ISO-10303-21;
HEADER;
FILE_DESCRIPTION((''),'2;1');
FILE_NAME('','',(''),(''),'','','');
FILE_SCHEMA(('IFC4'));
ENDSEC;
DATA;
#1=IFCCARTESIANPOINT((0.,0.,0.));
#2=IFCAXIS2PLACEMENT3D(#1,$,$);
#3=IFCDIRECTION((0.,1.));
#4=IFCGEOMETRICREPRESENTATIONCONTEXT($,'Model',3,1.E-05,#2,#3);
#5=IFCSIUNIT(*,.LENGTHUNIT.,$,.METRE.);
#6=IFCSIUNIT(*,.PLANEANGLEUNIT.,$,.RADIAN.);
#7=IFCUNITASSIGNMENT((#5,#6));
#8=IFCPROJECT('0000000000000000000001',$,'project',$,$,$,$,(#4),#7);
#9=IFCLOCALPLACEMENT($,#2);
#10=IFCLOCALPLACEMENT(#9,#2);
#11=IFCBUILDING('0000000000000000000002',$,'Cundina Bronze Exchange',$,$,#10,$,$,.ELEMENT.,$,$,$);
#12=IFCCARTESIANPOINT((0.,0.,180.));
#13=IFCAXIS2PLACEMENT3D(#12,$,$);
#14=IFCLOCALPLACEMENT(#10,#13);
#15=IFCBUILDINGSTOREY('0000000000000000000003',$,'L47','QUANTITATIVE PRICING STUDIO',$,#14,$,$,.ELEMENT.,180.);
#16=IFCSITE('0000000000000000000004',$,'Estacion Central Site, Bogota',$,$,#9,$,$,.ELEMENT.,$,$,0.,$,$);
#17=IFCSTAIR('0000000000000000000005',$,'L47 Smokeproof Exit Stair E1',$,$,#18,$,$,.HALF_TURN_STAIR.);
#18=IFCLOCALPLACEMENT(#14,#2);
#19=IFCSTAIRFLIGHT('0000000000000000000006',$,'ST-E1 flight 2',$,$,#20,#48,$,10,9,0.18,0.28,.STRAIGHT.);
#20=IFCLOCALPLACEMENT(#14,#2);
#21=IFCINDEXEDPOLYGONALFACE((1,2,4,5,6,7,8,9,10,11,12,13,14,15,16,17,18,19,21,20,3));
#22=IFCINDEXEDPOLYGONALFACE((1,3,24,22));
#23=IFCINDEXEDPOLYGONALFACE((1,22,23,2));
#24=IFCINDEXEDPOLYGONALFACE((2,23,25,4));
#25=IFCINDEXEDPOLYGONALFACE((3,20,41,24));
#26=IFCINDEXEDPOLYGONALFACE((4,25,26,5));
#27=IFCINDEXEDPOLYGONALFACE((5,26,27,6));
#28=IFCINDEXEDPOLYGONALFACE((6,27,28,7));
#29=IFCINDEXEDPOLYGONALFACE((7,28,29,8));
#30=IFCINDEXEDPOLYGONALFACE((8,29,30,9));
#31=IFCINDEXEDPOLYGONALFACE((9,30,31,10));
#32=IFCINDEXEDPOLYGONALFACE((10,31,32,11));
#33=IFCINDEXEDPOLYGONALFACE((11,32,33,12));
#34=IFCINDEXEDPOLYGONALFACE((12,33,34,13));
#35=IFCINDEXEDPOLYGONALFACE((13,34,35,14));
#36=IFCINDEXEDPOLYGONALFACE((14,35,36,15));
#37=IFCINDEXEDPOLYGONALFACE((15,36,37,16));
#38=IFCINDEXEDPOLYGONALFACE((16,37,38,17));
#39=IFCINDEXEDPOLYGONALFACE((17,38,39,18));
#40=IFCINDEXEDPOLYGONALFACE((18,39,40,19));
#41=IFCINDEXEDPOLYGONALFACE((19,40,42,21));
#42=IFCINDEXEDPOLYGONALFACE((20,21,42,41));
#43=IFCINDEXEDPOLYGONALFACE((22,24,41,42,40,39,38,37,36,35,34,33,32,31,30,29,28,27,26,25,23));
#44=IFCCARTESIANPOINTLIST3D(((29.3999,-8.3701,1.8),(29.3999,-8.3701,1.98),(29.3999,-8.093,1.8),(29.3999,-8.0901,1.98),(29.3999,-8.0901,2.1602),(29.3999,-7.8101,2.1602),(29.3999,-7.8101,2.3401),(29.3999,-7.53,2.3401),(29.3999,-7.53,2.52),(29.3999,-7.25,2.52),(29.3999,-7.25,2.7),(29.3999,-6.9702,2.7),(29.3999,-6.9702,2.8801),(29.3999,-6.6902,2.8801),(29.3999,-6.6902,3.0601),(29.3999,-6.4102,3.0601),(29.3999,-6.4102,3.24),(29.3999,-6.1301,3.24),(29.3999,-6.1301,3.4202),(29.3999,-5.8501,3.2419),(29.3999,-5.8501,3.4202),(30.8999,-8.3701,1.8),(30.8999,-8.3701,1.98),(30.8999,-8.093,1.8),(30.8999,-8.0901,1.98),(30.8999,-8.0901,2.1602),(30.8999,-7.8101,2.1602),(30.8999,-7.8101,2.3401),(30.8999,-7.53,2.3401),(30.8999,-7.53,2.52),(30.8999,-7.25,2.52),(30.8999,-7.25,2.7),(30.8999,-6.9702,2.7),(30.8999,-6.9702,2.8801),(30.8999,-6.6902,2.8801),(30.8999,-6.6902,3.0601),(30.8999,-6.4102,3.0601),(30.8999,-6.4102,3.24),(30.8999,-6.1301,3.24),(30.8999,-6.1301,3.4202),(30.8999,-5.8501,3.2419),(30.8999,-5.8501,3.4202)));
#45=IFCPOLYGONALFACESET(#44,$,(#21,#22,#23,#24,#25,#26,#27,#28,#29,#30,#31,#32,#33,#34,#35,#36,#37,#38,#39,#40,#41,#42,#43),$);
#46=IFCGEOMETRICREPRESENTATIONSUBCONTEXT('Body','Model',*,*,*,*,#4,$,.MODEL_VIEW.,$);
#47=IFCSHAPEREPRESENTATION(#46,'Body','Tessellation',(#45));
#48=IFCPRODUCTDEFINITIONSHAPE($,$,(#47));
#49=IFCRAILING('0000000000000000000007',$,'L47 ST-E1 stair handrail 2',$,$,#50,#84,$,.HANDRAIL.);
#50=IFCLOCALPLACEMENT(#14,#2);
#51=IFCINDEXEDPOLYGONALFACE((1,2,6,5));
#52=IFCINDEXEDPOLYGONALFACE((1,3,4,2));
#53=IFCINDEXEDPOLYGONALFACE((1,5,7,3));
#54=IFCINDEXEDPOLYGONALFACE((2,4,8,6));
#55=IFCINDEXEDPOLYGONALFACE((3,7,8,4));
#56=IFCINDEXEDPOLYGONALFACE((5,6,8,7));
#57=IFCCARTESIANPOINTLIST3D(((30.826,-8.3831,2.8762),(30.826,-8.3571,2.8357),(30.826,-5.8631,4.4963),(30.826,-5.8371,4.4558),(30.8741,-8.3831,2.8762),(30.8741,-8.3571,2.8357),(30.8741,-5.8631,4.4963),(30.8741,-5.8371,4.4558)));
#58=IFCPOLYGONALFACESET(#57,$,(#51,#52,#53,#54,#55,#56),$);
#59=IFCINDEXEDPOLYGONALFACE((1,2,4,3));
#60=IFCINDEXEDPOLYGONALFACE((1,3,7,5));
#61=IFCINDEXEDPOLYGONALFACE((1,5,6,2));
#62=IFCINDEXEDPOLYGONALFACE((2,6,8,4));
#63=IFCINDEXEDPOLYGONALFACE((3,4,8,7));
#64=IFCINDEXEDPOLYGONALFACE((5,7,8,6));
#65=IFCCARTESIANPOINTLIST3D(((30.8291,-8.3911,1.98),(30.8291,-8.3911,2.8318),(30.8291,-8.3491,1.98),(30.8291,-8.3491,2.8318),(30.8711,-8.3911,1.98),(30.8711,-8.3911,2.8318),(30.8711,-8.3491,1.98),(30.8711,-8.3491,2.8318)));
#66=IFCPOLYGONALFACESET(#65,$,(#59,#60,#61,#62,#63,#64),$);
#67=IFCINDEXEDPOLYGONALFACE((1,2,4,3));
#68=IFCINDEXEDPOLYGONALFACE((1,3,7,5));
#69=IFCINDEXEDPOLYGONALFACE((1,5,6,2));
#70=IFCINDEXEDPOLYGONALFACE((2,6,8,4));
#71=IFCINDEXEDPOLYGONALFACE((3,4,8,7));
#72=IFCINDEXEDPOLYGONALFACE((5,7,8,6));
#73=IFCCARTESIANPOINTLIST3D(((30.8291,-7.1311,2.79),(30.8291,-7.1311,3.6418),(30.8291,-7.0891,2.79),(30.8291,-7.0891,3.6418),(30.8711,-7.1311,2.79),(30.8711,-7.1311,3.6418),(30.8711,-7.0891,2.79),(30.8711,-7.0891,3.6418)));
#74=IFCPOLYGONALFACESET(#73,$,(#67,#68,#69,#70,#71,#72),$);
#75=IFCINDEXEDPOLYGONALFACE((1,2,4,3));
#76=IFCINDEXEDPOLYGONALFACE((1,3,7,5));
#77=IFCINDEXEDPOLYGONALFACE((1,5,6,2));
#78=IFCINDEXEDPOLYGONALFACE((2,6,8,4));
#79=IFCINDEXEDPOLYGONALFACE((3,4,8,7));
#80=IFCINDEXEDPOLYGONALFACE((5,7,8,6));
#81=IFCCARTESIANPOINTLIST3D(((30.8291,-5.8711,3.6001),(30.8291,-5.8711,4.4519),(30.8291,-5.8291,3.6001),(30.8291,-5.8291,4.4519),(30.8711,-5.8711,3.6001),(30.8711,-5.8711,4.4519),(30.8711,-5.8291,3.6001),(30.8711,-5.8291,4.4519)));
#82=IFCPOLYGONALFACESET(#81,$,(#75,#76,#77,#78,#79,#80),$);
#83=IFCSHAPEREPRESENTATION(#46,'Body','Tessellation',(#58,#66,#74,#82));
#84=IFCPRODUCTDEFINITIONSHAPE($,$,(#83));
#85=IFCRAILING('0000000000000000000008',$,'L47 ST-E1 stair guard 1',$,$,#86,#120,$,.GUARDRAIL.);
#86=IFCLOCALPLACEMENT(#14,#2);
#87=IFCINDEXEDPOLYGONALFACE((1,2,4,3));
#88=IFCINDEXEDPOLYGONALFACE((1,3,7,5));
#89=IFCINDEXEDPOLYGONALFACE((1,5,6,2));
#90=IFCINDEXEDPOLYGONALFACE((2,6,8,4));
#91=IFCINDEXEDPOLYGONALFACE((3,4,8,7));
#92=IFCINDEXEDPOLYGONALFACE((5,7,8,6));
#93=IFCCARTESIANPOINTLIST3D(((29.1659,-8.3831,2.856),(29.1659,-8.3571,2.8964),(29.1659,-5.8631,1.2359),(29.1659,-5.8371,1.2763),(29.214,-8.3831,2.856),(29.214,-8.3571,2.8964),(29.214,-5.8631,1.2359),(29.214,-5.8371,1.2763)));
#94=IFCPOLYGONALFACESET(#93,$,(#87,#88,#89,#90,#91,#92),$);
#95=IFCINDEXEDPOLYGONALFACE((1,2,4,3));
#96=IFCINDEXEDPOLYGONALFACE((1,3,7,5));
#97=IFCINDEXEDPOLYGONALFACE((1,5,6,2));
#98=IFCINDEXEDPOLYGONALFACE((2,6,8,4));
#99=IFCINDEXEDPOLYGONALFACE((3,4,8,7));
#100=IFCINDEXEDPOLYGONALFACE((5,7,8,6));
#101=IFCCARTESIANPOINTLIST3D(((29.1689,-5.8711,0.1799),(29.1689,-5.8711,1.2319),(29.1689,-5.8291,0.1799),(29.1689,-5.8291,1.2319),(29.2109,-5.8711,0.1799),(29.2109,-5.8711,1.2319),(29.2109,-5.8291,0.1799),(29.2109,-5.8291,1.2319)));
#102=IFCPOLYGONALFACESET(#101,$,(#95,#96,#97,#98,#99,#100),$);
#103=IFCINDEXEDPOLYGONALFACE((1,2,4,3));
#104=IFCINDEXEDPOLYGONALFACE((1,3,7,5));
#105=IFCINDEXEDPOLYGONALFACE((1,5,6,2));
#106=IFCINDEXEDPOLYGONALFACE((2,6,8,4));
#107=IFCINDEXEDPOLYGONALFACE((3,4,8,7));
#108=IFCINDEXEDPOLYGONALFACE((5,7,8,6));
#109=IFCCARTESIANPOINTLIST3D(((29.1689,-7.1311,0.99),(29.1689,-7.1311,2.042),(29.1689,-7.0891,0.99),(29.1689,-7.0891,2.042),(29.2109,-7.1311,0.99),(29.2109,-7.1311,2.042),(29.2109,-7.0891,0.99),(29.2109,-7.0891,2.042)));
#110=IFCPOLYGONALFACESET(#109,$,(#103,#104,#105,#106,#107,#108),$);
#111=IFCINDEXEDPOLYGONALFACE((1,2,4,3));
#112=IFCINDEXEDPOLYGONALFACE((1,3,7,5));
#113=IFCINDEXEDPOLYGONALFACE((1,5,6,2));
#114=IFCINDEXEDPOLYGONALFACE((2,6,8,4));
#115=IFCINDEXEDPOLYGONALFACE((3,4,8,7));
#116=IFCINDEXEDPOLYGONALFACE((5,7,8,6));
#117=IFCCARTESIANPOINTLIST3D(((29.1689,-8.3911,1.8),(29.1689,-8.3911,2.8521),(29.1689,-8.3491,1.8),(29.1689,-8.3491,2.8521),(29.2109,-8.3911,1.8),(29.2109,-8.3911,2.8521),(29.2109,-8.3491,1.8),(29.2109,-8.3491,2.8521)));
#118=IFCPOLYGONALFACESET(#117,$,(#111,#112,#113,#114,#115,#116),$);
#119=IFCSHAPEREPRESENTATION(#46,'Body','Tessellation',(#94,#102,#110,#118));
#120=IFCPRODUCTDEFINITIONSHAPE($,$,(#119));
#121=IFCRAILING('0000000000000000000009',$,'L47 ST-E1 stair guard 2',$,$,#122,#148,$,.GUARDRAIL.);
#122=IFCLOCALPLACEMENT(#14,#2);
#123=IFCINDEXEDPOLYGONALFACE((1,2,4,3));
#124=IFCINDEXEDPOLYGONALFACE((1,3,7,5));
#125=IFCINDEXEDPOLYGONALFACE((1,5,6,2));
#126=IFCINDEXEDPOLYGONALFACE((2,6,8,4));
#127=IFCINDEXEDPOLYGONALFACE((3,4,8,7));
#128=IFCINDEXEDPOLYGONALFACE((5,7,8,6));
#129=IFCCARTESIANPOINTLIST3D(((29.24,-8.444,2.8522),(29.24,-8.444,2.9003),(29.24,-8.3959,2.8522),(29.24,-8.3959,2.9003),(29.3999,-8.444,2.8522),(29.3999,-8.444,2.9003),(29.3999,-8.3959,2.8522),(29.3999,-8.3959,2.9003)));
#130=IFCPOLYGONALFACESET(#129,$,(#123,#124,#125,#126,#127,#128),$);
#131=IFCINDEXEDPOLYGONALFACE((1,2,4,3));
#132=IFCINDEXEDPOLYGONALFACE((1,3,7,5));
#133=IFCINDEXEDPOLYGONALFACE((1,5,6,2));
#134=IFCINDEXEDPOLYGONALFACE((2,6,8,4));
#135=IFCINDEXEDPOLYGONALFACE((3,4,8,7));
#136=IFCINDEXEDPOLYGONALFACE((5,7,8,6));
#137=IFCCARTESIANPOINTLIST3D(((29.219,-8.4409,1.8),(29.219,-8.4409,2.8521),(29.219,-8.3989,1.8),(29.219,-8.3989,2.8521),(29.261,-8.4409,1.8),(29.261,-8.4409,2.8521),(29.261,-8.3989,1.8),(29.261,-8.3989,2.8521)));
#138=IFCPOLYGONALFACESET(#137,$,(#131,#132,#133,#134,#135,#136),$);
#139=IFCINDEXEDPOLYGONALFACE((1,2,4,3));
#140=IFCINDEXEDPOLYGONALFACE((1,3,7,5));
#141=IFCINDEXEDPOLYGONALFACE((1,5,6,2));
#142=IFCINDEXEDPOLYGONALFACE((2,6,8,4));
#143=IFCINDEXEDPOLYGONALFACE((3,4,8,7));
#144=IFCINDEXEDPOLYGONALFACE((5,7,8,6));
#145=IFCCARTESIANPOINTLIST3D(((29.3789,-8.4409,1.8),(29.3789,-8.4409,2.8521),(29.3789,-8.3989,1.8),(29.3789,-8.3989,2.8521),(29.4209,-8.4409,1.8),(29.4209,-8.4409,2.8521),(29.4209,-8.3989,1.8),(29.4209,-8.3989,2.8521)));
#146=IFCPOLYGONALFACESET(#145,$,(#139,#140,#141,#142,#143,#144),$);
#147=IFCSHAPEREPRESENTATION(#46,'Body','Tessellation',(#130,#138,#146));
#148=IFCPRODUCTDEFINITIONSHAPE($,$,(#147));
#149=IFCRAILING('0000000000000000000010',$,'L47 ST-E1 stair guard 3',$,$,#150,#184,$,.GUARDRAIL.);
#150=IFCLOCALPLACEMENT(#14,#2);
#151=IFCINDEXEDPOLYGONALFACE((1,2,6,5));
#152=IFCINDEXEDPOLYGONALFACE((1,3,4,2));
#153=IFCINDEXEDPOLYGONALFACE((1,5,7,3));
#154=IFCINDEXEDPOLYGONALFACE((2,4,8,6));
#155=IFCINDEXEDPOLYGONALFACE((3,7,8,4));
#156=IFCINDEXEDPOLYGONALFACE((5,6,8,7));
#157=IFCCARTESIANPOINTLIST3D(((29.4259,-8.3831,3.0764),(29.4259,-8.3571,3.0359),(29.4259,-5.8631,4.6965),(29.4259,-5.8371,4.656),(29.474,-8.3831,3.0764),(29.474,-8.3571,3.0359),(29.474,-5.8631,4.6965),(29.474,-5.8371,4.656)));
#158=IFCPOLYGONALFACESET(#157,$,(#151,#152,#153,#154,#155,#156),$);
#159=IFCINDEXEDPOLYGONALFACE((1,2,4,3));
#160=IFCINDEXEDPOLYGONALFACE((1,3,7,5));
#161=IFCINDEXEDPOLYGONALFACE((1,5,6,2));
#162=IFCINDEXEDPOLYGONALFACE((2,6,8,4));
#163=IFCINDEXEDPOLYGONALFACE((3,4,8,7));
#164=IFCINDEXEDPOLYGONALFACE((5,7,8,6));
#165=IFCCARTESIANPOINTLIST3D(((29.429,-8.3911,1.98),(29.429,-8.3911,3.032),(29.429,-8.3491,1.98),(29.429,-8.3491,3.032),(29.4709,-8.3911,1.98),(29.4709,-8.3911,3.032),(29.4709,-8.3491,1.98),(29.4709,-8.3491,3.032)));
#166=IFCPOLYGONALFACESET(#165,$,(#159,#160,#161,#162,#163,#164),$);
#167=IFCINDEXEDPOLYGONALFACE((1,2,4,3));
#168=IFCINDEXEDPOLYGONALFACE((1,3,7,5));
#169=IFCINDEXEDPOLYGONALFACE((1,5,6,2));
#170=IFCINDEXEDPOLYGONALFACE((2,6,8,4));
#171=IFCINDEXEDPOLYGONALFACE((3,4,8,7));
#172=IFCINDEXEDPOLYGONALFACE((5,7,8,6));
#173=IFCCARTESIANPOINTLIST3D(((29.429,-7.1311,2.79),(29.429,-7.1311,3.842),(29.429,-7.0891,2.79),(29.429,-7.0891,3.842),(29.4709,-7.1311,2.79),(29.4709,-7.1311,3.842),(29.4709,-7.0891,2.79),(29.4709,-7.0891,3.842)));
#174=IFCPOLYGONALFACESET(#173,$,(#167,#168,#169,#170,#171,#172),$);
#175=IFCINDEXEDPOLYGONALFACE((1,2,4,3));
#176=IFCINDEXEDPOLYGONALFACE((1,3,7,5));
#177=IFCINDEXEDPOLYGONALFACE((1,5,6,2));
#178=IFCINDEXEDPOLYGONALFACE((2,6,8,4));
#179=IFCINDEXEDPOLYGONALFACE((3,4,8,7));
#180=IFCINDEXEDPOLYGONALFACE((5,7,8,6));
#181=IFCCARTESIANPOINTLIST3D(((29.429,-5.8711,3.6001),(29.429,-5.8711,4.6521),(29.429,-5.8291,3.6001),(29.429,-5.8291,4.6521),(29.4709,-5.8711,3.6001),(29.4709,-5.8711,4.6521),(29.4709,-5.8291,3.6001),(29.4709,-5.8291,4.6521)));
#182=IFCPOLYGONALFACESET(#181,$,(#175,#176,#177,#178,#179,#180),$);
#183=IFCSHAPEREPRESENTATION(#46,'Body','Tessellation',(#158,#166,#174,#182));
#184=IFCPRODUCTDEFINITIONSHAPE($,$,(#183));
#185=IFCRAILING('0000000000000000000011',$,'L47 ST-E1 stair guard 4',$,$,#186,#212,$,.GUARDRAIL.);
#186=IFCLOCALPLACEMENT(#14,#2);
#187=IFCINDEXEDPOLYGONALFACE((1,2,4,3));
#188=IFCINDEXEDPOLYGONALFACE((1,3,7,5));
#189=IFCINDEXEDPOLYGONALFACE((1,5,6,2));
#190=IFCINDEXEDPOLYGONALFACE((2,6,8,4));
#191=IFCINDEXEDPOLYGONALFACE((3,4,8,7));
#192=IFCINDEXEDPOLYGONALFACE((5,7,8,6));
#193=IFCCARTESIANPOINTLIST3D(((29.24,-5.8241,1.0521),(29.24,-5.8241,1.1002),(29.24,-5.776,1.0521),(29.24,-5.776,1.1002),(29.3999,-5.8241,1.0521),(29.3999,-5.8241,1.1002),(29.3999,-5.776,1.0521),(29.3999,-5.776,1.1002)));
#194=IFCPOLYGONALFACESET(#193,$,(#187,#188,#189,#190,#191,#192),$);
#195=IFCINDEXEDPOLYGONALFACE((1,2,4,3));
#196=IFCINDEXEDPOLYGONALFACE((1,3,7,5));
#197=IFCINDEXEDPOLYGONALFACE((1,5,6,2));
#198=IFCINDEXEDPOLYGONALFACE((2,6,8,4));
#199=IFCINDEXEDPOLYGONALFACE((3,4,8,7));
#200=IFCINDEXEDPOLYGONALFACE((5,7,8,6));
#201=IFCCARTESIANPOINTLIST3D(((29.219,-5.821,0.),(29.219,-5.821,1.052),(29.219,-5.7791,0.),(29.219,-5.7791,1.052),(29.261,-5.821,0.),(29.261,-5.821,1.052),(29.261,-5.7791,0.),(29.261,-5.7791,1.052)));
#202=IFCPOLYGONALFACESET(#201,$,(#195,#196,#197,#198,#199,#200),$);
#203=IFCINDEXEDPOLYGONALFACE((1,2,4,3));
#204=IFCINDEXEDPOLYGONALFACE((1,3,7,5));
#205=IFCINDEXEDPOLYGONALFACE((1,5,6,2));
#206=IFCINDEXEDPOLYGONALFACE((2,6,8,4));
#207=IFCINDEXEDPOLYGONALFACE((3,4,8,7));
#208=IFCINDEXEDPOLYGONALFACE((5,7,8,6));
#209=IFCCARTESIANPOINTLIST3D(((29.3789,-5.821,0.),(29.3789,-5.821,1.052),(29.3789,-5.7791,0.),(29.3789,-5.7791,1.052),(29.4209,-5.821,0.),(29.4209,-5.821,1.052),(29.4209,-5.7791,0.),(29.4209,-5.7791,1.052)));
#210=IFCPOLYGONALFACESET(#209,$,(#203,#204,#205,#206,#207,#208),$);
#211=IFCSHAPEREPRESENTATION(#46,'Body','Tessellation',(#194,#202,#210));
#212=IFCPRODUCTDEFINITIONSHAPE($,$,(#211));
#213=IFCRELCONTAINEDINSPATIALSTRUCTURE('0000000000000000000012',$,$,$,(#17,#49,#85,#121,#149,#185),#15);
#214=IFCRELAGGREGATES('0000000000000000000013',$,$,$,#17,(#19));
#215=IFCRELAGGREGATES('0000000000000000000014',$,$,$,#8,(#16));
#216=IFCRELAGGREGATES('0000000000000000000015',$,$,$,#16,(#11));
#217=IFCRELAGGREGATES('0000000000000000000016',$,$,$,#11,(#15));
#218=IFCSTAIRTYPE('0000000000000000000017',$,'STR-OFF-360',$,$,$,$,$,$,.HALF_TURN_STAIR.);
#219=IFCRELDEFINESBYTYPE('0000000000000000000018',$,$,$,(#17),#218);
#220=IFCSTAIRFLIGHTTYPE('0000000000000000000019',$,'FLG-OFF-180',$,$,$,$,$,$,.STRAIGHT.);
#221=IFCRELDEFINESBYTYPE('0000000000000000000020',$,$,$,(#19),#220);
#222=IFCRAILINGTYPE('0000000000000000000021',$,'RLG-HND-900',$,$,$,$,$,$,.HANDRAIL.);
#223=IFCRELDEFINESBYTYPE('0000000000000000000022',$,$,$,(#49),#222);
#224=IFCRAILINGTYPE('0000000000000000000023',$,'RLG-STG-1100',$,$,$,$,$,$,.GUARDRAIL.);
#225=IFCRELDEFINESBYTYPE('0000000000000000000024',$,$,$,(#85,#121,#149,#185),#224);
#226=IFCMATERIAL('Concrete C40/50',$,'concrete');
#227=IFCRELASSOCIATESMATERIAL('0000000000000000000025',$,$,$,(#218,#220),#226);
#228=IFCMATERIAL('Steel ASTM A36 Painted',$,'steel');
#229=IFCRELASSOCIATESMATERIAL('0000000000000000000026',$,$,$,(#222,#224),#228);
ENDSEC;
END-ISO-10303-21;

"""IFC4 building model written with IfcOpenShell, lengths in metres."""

from ifc_helpers import new_model, si_unit, direction, frame, origin, origin_2d, place, context, subcontext, project, spatial, polyline, rectangle, outline, extrude, material, type_object, element, aggregate, save


model = new_model("IFC4")

# Units and contexts
model_context = context("Model", 3, precision=1e-05, world=origin(), true_north=direction((0.0, 1.0)))
body_context = subcontext(model_context, "Body", "Model", "MODEL_VIEW")
ifc_project = project(units=[si_unit("LENGTHUNIT", "METRE"), si_unit("PLANEANGLEUNIT", "RADIAN")], contexts=[model_context])

# Site, building, storey
site_placement = place(None, origin())
site = spatial("IfcSite", under=ifc_project, at=site_placement, Name="Estacion Central Site, Bogota", CompositionType="ELEMENT", RefElevation=0.0)
building_placement = place(site_placement, origin())
building = spatial("IfcBuilding", under=site, at=building_placement, Name="Cundina Bronze Exchange", CompositionType="ELEMENT")
storey_placement = place(building_placement, frame((0.0, 0.0, 180.0)))
storey = spatial("IfcBuildingStorey", under=building, at=storey_placement, Name="L47", Description="QUANTITATIVE PRICING STUDIO", CompositionType="ELEMENT", Elevation=180.0)

# Stair, stair flight
ifc_material_1 = material(Name="Concrete C40/50", Category="concrete")
stair_type = type_object("IfcStairType", Name="STR-OFF-360", PredefinedType="HALF_TURN_STAIR", material=ifc_material_1)
stair_placement = place(storey_placement, origin())
stair = element("IfcStair", 1, at=stair_placement, inside=storey, type_object=stair_type, Name="L47 Smokeproof Exit Stair E1", PredefinedType="HALF_TURN_STAIR")
stair_flight_type = type_object("IfcStairFlightType", Name="FLG-OFF-180", PredefinedType="STRAIGHT", material=ifc_material_1)
stair_flight_placement = place(storey_placement, frame((30.1499, -8.3701, 1.8), z_axis=(0.0, 0.0, 1.0), x_axis=(0.0, 1.0, 0.0)))
stair_flight = element("IfcStairFlight", 2, at=stair_flight_placement, type_object=stair_flight_type, Name="ST-E1 flight 2", NumberOfRisers=10, NumberOfTreads=9, PredefinedType="STRAIGHT", RiserHeight=0.18, TreadLength=0.28, context=body_context, shape_type="SweptSolid", body=[
    extrude(outline(polyline([(0.0, 0.0), (0.0, 0.1799), (0.28, 0.1799), (0.28, 0.3601), (0.5601, 0.3601), (0.5601, 0.54), (0.8401, 0.54), (0.8401, 0.72), (1.1201, 0.72), (1.1201, 0.8999), (1.3999, 0.8999), (1.3999, 1.0801), (1.6799, 1.0801), (1.6799, 1.26), (1.96, 1.26), (1.96, 1.4399), (2.24, 1.4399), (2.24, 1.6201), (2.52, 1.6201), (2.52, 1.8), (2.52, 1.4419), (0.2771, 0.0), (0.0, 0.0)])), frame((0.0, 0.75, 0.0), z_axis=(0.0, -1.0, 0.0), x_axis=(1.0, 0.0, 0.0)), (0.0, 0.0, 1.0), 1.5),
])
aggregate(stair, [stair_flight])

# Railings
ifc_material_2 = material(Name="Steel ASTM A36 Painted", Category="steel")
railing_type_1 = type_object("IfcRailingType", Name="RLG-HND-900", PredefinedType="HANDRAIL", material=ifc_material_2)
railing_1_placement = place(storey_placement, frame((30.8501, -8.3701, 1.98)))
element("IfcRailing", 3, at=railing_1_placement, inside=storey, type_object=railing_type_1, Name="L47 ST-E1 stair handrail 2", PredefinedType="HANDRAIL", context=body_context, shape_type="SweptSolid", body=[
    extrude(rectangle(XDim=0.0481, YDim=0.0481, at=origin_2d()), frame((0.0, 0.0, 0.876), z_axis=(0.0, 0.841163, 0.540782), x_axis=(-1.0, 0.0, 0.0)), (0.0, 0.0, 1.0), 2.9958),
    extrude(rectangle(XDim=0.042, YDim=0.042, at=origin_2d()), origin(), (0.0, 0.0, 1.0), 0.8518),
    extrude(rectangle(XDim=0.042, YDim=0.042, at=origin_2d()), frame((0.0, 1.26, 0.8101)), (0.0, 0.0, 1.0), 0.8518),
    extrude(rectangle(XDim=0.042, YDim=0.042, at=origin_2d()), frame((0.0, 2.52, 1.6201)), (0.0, 0.0, 1.0), 0.8518),
])
railing_type_2 = type_object("IfcRailingType", Name="RLG-STG-1100", PredefinedType="GUARDRAIL", material=ifc_material_2)
railing_2_placement = place(storey_placement, frame((29.1899, -5.8501, 0.1799)))
element("IfcRailing", 4, at=railing_2_placement, inside=storey, type_object=railing_type_2, Name="L47 ST-E1 stair guard 1", PredefinedType="GUARDRAIL", context=body_context, shape_type="SweptSolid", body=[
    extrude(rectangle(XDim=0.0481, YDim=0.0481, at=origin_2d()), frame((0.0, 0.0, 1.0762), z_axis=(0.0, -0.841163, 0.540782), x_axis=(1.0, 0.0, 0.0)), (0.0, 0.0, 1.0), 2.9958),
    extrude(rectangle(XDim=0.042, YDim=0.042, at=origin_2d()), origin(), (0.0, 0.0, 1.0), 1.052),
    extrude(rectangle(XDim=0.042, YDim=0.042, at=origin_2d()), frame((0.0, -1.26, 0.8101)), (0.0, 0.0, 1.0), 1.052),
    extrude(rectangle(XDim=0.042, YDim=0.042, at=origin_2d()), frame((0.0, -2.52, 1.6201)), (0.0, 0.0, 1.0), 1.052),
])
railing_3_placement = place(storey_placement, frame((29.24, -8.4199, 1.8)))
element("IfcRailing", 5, at=railing_3_placement, inside=storey, type_object=railing_type_2, Name="L47 ST-E1 stair guard 2", PredefinedType="GUARDRAIL", context=body_context, shape_type="SweptSolid", body=[
    extrude(rectangle(XDim=0.0481, YDim=0.0481, at=origin_2d()), frame((0.0, 0.0, 1.0762), z_axis=(1.0, 0.0, 0.0), x_axis=(0.0, 1.0, 0.0)), (0.0, 0.0, 1.0), 0.1599),
    extrude(rectangle(XDim=0.042, YDim=0.042, at=origin_2d()), origin(), (0.0, 0.0, 1.0), 1.052),
    extrude(rectangle(XDim=0.042, YDim=0.042, at=origin_2d()), frame((0.1599, 0.0, 0.0)), (0.0, 0.0, 1.0), 1.052),
])
railing_4_placement = place(storey_placement, frame((29.45, -8.3701, 1.98)))
element("IfcRailing", 6, at=railing_4_placement, inside=storey, type_object=railing_type_2, Name="L47 ST-E1 stair guard 3", PredefinedType="GUARDRAIL", context=body_context, shape_type="SweptSolid", body=[
    extrude(rectangle(XDim=0.0481, YDim=0.0481, at=origin_2d()), frame((0.0, 0.0, 1.0762), z_axis=(0.0, 0.841163, 0.540782), x_axis=(-1.0, 0.0, 0.0)), (0.0, 0.0, 1.0), 2.9958),
    extrude(rectangle(XDim=0.042, YDim=0.042, at=origin_2d()), origin(), (0.0, 0.0, 1.0), 1.052),
    extrude(rectangle(XDim=0.042, YDim=0.042, at=origin_2d()), frame((0.0, 1.26, 0.8101)), (0.0, 0.0, 1.0), 1.052),
    extrude(rectangle(XDim=0.042, YDim=0.042, at=origin_2d()), frame((0.0, 2.52, 1.6201)), (0.0, 0.0, 1.0), 1.052),
])
railing_5_placement = place(storey_placement, frame((29.24, -5.8, 0.0)))
element("IfcRailing", 7, at=railing_5_placement, inside=storey, type_object=railing_type_2, Name="L47 ST-E1 stair guard 4", PredefinedType="GUARDRAIL", context=body_context, shape_type="SweptSolid", body=[
    extrude(rectangle(XDim=0.0481, YDim=0.0481, at=origin_2d()), frame((0.0, 0.0, 1.0762), z_axis=(1.0, 0.0, 0.0), x_axis=(0.0, 1.0, 0.0)), (0.0, 0.0, 1.0), 0.1599),
    extrude(rectangle(XDim=0.042, YDim=0.042, at=origin_2d()), origin(), (0.0, 0.0, 1.0), 1.052),
    extrude(rectangle(XDim=0.042, YDim=0.042, at=origin_2d()), frame((0.1599, 0.0, 0.0)), (0.0, 0.0, 1.0), 1.052),
])

save(model, "model.ifc")
